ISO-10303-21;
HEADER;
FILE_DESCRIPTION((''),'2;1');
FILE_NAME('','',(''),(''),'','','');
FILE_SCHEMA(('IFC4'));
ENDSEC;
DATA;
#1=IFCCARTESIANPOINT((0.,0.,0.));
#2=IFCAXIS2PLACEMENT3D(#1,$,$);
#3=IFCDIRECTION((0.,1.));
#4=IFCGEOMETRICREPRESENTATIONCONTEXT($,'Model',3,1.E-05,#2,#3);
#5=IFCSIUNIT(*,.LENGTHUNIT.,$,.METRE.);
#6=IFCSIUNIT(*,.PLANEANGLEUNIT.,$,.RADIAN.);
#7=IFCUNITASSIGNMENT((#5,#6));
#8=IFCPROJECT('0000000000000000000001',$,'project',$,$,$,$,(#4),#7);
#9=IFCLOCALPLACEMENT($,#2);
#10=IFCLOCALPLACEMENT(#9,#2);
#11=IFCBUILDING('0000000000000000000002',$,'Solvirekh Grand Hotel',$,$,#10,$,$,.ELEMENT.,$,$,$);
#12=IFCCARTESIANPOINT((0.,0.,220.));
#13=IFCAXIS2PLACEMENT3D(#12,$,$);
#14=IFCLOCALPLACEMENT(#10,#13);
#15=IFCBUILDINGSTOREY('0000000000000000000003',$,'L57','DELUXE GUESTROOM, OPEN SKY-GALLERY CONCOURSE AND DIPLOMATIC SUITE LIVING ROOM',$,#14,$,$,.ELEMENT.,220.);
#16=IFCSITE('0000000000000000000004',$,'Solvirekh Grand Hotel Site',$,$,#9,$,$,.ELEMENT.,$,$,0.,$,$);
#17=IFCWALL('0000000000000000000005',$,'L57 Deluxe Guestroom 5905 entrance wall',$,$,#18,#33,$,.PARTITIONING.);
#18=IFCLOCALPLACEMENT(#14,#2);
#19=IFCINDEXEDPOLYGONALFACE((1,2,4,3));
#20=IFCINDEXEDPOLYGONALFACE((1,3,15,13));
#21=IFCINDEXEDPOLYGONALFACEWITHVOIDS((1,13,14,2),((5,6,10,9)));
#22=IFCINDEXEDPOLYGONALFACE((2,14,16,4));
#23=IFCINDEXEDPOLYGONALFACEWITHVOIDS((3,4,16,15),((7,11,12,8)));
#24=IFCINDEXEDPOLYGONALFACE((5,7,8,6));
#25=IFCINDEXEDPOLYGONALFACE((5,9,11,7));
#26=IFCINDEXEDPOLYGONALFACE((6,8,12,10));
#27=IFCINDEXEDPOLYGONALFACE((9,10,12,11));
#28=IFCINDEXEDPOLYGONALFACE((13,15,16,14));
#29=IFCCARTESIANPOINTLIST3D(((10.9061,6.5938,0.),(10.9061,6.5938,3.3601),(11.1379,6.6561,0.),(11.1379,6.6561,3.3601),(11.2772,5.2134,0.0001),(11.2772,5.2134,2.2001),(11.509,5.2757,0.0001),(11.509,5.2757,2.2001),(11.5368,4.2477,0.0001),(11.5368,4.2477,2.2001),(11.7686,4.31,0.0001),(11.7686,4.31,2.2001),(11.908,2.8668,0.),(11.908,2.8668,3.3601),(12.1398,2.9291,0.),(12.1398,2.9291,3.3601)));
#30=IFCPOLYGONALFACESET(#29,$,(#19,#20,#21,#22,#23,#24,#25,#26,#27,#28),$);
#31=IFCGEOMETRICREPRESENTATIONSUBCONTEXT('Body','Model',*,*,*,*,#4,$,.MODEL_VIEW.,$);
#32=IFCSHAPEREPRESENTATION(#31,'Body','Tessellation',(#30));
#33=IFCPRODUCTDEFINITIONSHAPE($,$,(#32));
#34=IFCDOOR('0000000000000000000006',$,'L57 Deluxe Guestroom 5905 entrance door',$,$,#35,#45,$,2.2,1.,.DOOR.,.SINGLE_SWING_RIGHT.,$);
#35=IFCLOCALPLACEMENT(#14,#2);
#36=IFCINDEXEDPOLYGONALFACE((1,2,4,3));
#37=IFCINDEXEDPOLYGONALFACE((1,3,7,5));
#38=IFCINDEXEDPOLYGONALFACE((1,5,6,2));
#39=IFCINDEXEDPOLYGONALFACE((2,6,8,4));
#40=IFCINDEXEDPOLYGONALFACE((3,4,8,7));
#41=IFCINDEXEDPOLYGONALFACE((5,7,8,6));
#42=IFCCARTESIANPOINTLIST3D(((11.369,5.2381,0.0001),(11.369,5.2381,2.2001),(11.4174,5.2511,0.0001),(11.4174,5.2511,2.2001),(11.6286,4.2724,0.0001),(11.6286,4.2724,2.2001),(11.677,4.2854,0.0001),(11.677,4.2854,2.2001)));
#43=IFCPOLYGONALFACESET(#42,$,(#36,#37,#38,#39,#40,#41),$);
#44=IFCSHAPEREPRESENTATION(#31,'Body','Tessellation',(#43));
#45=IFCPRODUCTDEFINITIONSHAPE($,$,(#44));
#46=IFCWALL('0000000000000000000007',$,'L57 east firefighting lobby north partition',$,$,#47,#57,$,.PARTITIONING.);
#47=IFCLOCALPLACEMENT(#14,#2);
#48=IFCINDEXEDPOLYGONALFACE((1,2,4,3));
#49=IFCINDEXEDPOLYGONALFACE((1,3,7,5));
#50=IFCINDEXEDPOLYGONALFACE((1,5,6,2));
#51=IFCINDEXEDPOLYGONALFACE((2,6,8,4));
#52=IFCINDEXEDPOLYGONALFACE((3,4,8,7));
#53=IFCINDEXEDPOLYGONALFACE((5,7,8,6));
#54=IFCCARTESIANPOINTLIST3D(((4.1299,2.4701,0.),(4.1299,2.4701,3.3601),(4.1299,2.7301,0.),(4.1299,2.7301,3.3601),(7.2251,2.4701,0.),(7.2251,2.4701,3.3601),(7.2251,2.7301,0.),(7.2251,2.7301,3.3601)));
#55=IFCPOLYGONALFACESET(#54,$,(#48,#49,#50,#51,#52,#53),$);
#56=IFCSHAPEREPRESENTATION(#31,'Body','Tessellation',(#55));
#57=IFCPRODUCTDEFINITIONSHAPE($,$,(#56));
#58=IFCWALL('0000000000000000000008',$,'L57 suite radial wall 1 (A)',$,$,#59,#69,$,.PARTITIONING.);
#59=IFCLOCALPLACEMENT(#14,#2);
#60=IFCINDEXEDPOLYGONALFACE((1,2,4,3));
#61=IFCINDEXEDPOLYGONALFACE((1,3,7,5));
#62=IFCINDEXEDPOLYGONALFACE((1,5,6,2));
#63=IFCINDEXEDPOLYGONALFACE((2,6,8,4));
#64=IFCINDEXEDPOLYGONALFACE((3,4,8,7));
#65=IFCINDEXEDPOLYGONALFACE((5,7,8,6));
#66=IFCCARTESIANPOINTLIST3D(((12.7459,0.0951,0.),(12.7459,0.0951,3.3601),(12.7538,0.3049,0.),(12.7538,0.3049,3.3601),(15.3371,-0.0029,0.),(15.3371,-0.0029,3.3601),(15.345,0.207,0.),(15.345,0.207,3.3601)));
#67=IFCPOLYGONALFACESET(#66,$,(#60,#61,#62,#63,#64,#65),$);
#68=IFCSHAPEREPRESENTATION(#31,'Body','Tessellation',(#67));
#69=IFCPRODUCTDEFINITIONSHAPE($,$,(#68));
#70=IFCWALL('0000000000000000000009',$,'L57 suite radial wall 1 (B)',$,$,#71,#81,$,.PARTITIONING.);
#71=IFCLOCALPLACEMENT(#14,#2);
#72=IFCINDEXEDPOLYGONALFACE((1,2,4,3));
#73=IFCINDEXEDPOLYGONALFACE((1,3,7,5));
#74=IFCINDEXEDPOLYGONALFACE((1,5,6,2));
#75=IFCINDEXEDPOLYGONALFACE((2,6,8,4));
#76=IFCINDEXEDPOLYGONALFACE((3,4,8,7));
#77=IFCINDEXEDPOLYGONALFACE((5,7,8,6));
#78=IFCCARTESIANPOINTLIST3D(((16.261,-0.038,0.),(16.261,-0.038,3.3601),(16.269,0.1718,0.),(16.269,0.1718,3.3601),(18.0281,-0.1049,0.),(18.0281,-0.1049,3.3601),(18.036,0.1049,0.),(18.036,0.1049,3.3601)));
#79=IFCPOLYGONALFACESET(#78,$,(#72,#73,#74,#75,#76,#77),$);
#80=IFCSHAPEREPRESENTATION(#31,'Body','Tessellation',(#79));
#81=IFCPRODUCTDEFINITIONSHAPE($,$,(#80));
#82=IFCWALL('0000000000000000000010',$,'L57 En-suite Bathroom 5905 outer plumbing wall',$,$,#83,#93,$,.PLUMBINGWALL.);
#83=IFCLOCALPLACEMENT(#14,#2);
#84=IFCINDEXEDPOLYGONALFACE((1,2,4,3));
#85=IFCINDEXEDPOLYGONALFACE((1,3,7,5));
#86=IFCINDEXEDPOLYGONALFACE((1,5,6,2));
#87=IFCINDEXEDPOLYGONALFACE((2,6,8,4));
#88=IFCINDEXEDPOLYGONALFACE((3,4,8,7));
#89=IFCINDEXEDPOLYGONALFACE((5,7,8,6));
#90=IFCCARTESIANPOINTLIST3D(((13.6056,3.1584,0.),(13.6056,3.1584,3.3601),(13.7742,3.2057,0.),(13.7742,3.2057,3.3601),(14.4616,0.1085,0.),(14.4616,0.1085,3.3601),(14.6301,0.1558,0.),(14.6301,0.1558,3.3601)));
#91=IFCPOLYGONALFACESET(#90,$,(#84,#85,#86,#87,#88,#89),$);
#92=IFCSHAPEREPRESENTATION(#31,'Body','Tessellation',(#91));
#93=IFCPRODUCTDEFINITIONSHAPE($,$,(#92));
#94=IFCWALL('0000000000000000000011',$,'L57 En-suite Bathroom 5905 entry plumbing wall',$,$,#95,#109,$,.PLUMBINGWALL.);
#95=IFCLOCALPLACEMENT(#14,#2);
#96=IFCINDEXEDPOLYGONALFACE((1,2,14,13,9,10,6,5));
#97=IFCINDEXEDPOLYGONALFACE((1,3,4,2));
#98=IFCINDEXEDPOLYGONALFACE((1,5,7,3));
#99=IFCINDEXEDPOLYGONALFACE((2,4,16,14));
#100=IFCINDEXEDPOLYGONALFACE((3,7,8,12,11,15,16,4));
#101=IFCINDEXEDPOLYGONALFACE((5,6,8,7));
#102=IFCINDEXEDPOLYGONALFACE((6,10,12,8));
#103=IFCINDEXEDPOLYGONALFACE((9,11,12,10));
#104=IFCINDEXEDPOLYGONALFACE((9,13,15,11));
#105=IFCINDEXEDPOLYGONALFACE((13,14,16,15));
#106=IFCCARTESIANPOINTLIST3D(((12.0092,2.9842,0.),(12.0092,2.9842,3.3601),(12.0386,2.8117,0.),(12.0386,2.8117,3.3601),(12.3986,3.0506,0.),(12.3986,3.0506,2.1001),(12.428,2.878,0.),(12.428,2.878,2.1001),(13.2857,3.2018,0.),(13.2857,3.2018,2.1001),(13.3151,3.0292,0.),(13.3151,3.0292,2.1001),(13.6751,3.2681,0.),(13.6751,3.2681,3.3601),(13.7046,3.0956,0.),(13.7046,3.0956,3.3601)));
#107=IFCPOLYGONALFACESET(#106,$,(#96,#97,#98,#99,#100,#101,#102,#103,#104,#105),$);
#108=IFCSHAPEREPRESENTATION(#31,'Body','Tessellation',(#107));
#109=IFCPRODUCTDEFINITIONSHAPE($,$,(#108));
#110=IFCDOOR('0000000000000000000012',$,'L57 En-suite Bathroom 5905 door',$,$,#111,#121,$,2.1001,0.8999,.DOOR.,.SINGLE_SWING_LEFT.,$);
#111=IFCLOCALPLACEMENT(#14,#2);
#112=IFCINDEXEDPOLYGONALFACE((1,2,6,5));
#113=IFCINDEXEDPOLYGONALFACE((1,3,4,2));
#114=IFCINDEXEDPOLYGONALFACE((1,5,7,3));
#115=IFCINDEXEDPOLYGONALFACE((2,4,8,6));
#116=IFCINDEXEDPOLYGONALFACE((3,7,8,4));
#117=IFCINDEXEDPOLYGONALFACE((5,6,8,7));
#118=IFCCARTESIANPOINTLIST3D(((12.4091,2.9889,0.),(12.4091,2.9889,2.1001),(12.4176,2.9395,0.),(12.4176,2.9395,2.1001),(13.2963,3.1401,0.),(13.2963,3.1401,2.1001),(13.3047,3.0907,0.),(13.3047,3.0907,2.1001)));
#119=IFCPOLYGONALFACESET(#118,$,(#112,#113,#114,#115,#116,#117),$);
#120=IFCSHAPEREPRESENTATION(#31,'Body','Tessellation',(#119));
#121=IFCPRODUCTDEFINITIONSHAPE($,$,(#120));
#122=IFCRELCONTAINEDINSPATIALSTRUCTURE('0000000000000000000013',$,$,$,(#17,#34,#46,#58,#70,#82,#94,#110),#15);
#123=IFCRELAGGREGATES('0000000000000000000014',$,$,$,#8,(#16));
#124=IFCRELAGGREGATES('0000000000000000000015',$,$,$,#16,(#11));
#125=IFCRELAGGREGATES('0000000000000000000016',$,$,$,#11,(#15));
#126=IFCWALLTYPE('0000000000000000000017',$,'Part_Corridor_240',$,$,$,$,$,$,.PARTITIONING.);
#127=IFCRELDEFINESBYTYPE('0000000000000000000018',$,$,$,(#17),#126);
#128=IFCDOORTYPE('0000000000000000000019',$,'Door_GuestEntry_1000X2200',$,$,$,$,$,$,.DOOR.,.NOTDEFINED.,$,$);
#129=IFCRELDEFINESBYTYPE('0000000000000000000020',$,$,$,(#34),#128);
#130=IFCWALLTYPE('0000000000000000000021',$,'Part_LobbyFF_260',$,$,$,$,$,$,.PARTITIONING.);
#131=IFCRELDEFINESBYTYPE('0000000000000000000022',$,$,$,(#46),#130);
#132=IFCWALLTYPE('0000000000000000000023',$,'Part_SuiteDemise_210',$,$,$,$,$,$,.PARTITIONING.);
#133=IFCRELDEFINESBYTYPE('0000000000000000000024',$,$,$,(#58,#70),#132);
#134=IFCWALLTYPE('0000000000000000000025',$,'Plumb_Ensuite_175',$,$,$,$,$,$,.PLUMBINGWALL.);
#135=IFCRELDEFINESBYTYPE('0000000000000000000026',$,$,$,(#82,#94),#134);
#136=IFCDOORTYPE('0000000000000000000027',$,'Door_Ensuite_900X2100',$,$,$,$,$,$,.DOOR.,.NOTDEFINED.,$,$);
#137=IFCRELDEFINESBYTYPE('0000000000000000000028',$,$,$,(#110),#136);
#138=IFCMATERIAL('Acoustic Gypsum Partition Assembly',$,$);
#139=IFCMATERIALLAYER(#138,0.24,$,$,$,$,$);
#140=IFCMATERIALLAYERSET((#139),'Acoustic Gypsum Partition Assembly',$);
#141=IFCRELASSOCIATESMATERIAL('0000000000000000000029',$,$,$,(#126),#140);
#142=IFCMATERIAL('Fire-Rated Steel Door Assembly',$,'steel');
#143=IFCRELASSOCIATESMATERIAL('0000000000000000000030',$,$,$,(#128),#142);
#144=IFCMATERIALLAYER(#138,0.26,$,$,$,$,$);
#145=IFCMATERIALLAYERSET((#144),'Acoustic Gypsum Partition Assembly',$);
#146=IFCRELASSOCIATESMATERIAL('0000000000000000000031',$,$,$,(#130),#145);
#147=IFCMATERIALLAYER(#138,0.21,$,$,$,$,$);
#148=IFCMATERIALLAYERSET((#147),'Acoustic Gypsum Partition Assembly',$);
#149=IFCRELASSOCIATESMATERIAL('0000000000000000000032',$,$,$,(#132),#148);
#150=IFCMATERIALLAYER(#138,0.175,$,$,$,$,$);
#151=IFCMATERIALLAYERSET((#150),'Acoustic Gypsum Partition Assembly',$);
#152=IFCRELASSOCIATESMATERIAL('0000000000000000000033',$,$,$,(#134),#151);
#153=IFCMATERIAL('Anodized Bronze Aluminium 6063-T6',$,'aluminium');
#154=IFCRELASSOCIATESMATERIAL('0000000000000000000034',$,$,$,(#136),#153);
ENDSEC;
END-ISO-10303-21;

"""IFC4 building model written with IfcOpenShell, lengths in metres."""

from ifc_helpers import new_model, si_unit, direction, frame, frame_2d, origin, place, context, subcontext, project, spatial, rectangle, extrude, material, layer, layer_set, type_object, element, fill, save


model = new_model("IFC4")

# Units and contexts
model_context = context("Model", 3, precision=1e-05, world=origin(), true_north=direction((0.0, 1.0)))
body_context = subcontext(model_context, "Body", "Model", "MODEL_VIEW")
ifc_project = project(units=[si_unit("LENGTHUNIT", "METRE"), si_unit("PLANEANGLEUNIT", "RADIAN")], contexts=[model_context])

# Site, building, storey
site_placement = place(None, origin())
site = spatial("IfcSite", under=ifc_project, at=site_placement, Name="Solvirekh Grand Hotel Site", CompositionType="ELEMENT", RefElevation=0.0)
building_placement = place(site_placement, origin())
building = spatial("IfcBuilding", under=site, at=building_placement, Name="Solvirekh Grand Hotel", CompositionType="ELEMENT")
storey_placement = place(building_placement, frame((0.0, 0.0, 220.0)))
storey = spatial("IfcBuildingStorey", under=building, at=storey_placement, Name="L57", Description="DELUXE GUESTROOM, OPEN SKY-GALLERY CONCOURSE AND DIPLOMATIC SUITE LIVING ROOM", CompositionType="ELEMENT", Elevation=220.0)

# Shared definitions
ifc_material_1 = material(Name="Anodized Bronze Aluminium 6063-T6", Category="aluminium")

# Shared definitions
ifc_material_2 = material(Name="Acoustic Gypsum Partition Assembly")
ifc_material_3 = material(Name="Fire-Rated Steel Door Assembly", Category="steel")

# Shared definitions
ifc_layer_1 = layer(ifc_material_2, 0.24)
ifc_layer_set_1 = layer_set([ifc_layer_1], Name="Acoustic Gypsum Partition Assembly")
wall_type_1 = type_object("IfcWallType", Name="Part_Corridor_240", PredefinedType="PARTITIONING", material=ifc_layer_set_1)

# Wall, opening, door
wall_1_placement = place(storey_placement, frame((12.0239, 2.8979, 0.0), z_axis=(0.0, 0.0, 1.0), x_axis=(-0.259615, 0.965712, 0.0)))
wall_1 = element("IfcWall", 1, at=wall_1_placement, inside=storey, type_object=wall_type_1, Name="L57 Deluxe Guestroom 5905 entrance wall", PredefinedType="PARTITIONING", context=body_context, shape_type="SweptSolid", body=[
    extrude(rectangle(XDim=3.8594, YDim=0.24, at=frame_2d((1.9297, 0.0))), origin(), (0.0, 0.0, 1.0), 3.3601),
])
opening_1_placement = place(wall_1_placement, frame((1.4299, 0.0, 0.0)))
opening_1 = element("IfcOpeningElement", 2, at=opening_1_placement, cuts=wall_1, PredefinedType="OPENING", context=body_context, shape_type="SweptSolid", body=[
    extrude(rectangle(XDim=1.0, YDim=2.2, at=frame_2d((0.5, 1.1001))), frame((0.0, 0.1299, 0.0), z_axis=(0.0, -1.0, 0.0), x_axis=(1.0, 0.0, 0.0)), (0.0, 0.0, 1.0), 0.26),
])
door_type_1 = type_object("IfcDoorType", Name="Door_GuestEntry_1000X2200", OperationType="NOTDEFINED", PredefinedType="DOOR", material=ifc_material_3)
door_1_placement = place(opening_1_placement, origin())
door_1 = element("IfcDoor", 3, at=door_1_placement, inside=storey, type_object=door_type_1, Name="L57 Deluxe Guestroom 5905 entrance door", OperationType="SINGLE_SWING_RIGHT", OverallHeight=2.2, OverallWidth=1.0, PredefinedType="DOOR", context=body_context, shape_type="SweptSolid", body=[
    extrude(rectangle(XDim=1.0, YDim=2.2, at=frame_2d((0.5, 1.1001))), frame((0.0, 0.0249, 0.0), z_axis=(0.0, -1.0, 0.0), x_axis=(1.0, 0.0, 0.0)), (0.0, 0.0, 1.0), 0.05),
])
fill(opening_1, door_1)

# Walls
ifc_layer_2 = layer(ifc_material_2, 0.26)
ifc_layer_set_2 = layer_set([ifc_layer_2], Name="Acoustic Gypsum Partition Assembly")
wall_type_2 = type_object("IfcWallType", Name="Part_LobbyFF_260", PredefinedType="PARTITIONING", material=ifc_layer_set_2)
wall_2_placement = place(storey_placement, frame((4.1299, 2.6001, 0.0), z_axis=(0.0, 0.0, 1.0), x_axis=(1.0, 0.0, 0.0)))
element("IfcWall", 4, at=wall_2_placement, inside=storey, type_object=wall_type_2, Name="L57 east firefighting lobby north partition", PredefinedType="PARTITIONING", context=body_context, shape_type="SweptSolid", body=[
    extrude(rectangle(XDim=3.0952, YDim=0.26, at=frame_2d((1.5476, 0.0))), origin(), (0.0, 0.0, 1.0), 3.3601),
])
ifc_layer_3 = layer(ifc_material_2, 0.21)
ifc_layer_set_3 = layer_set([ifc_layer_3], Name="Acoustic Gypsum Partition Assembly")
wall_type_3 = type_object("IfcWallType", Name="Part_SuiteDemise_210", PredefinedType="PARTITIONING", material=ifc_layer_set_3)
wall_3_placement = place(storey_placement, frame((12.75, 0.2, 0.0), z_axis=(0.0, 0.0, 1.0), x_axis=(0.999287, -0.037757, 0.0)))
element("IfcWall", 5, at=wall_3_placement, inside=storey, type_object=wall_type_3, Name="L57 suite radial wall 1 (A)", PredefinedType="PARTITIONING", context=body_context, shape_type="SweptSolid", body=[
    extrude(rectangle(XDim=2.593, YDim=0.21, at=frame_2d((1.2964, 0.0))), origin(), (0.0, 0.0, 1.0), 3.3601),
])
wall_4_placement = place(storey_placement, frame((16.2649, 0.0669, 0.0), z_axis=(0.0, 0.0, 1.0), x_axis=(0.999284, -0.037829, 0.0)))
element("IfcWall", 6, at=wall_4_placement, inside=storey, type_object=wall_type_3, Name="L57 suite radial wall 1 (B)", PredefinedType="PARTITIONING", context=body_context, shape_type="SweptSolid", body=[
    extrude(rectangle(XDim=1.7683, YDim=0.21, at=frame_2d((0.8843, 0.0))), origin(), (0.0, 0.0, 1.0), 3.3601),
])
ifc_layer_4 = layer(ifc_material_2, 0.175)
ifc_layer_set_4 = layer_set([ifc_layer_4], Name="Acoustic Gypsum Partition Assembly")
wall_type_4 = type_object("IfcWallType", Name="Plumb_Ensuite_175", PredefinedType="PLUMBINGWALL", material=ifc_layer_set_4)
wall_5_placement = place(storey_placement, frame((14.5459, 0.1321, 0.0), z_axis=(0.0, 0.0, 1.0), x_axis=(-0.270219, 0.962799, 0.0)))
element("IfcWall", 7, at=wall_5_placement, inside=storey, type_object=wall_type_4, Name="L57 En-suite Bathroom 5905 outer plumbing wall", PredefinedType="PLUMBINGWALL", context=body_context, shape_type="SweptSolid", body=[
    extrude(rectangle(XDim=3.1677, YDim=0.175, at=frame_2d((1.584, 0.0))), origin(), (0.0, 0.0, 1.0), 3.3601),
])

# Wall, opening, door
wall_6_placement = place(storey_placement, frame((12.0239, 2.8979, 0.0), z_axis=(0.0, 0.0, 1.0), x_axis=(0.985786, 0.168005, 0.0)))
wall_6 = element("IfcWall", 8, at=wall_6_placement, inside=storey, type_object=wall_type_4, Name="L57 En-suite Bathroom 5905 entry plumbing wall", PredefinedType="PLUMBINGWALL", context=body_context, shape_type="SweptSolid", body=[
    extrude(rectangle(XDim=1.6899, YDim=0.175, at=frame_2d((0.845, 0.0))), origin(), (0.0, 0.0, 1.0), 3.3601),
])
opening_2_placement = place(wall_6_placement, frame((0.395, 0.0, 0.0)))
opening_2 = element("IfcOpeningElement", 9, at=opening_2_placement, cuts=wall_6, PredefinedType="OPENING", context=body_context, shape_type="SweptSolid", body=[
    extrude(rectangle(XDim=0.8999, YDim=2.1001, at=frame_2d((0.45, 1.05))), frame((0.0, 0.0977, 0.0), z_axis=(0.0, -1.0, 0.0), x_axis=(1.0, 0.0, 0.0)), (0.0, 0.0, 1.0), 0.1951),
])
door_type_2 = type_object("IfcDoorType", Name="Door_Ensuite_900X2100", OperationType="NOTDEFINED", PredefinedType="DOOR", material=ifc_material_1)
door_2_placement = place(opening_2_placement, origin())
door_2 = element("IfcDoor", 10, at=door_2_placement, inside=storey, type_object=door_type_2, Name="L57 En-suite Bathroom 5905 door", OperationType="SINGLE_SWING_LEFT", OverallHeight=2.1001, OverallWidth=0.8999, PredefinedType="DOOR", context=body_context, shape_type="SweptSolid", body=[
    extrude(rectangle(XDim=0.8999, YDim=2.1001, at=frame_2d((0.45, 1.05))), frame((0.0, 0.0249, 0.0), z_axis=(0.0, -1.0, 0.0), x_axis=(1.0, 0.0, 0.0)), (0.0, 0.0, 1.0), 0.05),
])
fill(opening_2, door_2)

save(model, "model.ifc")
